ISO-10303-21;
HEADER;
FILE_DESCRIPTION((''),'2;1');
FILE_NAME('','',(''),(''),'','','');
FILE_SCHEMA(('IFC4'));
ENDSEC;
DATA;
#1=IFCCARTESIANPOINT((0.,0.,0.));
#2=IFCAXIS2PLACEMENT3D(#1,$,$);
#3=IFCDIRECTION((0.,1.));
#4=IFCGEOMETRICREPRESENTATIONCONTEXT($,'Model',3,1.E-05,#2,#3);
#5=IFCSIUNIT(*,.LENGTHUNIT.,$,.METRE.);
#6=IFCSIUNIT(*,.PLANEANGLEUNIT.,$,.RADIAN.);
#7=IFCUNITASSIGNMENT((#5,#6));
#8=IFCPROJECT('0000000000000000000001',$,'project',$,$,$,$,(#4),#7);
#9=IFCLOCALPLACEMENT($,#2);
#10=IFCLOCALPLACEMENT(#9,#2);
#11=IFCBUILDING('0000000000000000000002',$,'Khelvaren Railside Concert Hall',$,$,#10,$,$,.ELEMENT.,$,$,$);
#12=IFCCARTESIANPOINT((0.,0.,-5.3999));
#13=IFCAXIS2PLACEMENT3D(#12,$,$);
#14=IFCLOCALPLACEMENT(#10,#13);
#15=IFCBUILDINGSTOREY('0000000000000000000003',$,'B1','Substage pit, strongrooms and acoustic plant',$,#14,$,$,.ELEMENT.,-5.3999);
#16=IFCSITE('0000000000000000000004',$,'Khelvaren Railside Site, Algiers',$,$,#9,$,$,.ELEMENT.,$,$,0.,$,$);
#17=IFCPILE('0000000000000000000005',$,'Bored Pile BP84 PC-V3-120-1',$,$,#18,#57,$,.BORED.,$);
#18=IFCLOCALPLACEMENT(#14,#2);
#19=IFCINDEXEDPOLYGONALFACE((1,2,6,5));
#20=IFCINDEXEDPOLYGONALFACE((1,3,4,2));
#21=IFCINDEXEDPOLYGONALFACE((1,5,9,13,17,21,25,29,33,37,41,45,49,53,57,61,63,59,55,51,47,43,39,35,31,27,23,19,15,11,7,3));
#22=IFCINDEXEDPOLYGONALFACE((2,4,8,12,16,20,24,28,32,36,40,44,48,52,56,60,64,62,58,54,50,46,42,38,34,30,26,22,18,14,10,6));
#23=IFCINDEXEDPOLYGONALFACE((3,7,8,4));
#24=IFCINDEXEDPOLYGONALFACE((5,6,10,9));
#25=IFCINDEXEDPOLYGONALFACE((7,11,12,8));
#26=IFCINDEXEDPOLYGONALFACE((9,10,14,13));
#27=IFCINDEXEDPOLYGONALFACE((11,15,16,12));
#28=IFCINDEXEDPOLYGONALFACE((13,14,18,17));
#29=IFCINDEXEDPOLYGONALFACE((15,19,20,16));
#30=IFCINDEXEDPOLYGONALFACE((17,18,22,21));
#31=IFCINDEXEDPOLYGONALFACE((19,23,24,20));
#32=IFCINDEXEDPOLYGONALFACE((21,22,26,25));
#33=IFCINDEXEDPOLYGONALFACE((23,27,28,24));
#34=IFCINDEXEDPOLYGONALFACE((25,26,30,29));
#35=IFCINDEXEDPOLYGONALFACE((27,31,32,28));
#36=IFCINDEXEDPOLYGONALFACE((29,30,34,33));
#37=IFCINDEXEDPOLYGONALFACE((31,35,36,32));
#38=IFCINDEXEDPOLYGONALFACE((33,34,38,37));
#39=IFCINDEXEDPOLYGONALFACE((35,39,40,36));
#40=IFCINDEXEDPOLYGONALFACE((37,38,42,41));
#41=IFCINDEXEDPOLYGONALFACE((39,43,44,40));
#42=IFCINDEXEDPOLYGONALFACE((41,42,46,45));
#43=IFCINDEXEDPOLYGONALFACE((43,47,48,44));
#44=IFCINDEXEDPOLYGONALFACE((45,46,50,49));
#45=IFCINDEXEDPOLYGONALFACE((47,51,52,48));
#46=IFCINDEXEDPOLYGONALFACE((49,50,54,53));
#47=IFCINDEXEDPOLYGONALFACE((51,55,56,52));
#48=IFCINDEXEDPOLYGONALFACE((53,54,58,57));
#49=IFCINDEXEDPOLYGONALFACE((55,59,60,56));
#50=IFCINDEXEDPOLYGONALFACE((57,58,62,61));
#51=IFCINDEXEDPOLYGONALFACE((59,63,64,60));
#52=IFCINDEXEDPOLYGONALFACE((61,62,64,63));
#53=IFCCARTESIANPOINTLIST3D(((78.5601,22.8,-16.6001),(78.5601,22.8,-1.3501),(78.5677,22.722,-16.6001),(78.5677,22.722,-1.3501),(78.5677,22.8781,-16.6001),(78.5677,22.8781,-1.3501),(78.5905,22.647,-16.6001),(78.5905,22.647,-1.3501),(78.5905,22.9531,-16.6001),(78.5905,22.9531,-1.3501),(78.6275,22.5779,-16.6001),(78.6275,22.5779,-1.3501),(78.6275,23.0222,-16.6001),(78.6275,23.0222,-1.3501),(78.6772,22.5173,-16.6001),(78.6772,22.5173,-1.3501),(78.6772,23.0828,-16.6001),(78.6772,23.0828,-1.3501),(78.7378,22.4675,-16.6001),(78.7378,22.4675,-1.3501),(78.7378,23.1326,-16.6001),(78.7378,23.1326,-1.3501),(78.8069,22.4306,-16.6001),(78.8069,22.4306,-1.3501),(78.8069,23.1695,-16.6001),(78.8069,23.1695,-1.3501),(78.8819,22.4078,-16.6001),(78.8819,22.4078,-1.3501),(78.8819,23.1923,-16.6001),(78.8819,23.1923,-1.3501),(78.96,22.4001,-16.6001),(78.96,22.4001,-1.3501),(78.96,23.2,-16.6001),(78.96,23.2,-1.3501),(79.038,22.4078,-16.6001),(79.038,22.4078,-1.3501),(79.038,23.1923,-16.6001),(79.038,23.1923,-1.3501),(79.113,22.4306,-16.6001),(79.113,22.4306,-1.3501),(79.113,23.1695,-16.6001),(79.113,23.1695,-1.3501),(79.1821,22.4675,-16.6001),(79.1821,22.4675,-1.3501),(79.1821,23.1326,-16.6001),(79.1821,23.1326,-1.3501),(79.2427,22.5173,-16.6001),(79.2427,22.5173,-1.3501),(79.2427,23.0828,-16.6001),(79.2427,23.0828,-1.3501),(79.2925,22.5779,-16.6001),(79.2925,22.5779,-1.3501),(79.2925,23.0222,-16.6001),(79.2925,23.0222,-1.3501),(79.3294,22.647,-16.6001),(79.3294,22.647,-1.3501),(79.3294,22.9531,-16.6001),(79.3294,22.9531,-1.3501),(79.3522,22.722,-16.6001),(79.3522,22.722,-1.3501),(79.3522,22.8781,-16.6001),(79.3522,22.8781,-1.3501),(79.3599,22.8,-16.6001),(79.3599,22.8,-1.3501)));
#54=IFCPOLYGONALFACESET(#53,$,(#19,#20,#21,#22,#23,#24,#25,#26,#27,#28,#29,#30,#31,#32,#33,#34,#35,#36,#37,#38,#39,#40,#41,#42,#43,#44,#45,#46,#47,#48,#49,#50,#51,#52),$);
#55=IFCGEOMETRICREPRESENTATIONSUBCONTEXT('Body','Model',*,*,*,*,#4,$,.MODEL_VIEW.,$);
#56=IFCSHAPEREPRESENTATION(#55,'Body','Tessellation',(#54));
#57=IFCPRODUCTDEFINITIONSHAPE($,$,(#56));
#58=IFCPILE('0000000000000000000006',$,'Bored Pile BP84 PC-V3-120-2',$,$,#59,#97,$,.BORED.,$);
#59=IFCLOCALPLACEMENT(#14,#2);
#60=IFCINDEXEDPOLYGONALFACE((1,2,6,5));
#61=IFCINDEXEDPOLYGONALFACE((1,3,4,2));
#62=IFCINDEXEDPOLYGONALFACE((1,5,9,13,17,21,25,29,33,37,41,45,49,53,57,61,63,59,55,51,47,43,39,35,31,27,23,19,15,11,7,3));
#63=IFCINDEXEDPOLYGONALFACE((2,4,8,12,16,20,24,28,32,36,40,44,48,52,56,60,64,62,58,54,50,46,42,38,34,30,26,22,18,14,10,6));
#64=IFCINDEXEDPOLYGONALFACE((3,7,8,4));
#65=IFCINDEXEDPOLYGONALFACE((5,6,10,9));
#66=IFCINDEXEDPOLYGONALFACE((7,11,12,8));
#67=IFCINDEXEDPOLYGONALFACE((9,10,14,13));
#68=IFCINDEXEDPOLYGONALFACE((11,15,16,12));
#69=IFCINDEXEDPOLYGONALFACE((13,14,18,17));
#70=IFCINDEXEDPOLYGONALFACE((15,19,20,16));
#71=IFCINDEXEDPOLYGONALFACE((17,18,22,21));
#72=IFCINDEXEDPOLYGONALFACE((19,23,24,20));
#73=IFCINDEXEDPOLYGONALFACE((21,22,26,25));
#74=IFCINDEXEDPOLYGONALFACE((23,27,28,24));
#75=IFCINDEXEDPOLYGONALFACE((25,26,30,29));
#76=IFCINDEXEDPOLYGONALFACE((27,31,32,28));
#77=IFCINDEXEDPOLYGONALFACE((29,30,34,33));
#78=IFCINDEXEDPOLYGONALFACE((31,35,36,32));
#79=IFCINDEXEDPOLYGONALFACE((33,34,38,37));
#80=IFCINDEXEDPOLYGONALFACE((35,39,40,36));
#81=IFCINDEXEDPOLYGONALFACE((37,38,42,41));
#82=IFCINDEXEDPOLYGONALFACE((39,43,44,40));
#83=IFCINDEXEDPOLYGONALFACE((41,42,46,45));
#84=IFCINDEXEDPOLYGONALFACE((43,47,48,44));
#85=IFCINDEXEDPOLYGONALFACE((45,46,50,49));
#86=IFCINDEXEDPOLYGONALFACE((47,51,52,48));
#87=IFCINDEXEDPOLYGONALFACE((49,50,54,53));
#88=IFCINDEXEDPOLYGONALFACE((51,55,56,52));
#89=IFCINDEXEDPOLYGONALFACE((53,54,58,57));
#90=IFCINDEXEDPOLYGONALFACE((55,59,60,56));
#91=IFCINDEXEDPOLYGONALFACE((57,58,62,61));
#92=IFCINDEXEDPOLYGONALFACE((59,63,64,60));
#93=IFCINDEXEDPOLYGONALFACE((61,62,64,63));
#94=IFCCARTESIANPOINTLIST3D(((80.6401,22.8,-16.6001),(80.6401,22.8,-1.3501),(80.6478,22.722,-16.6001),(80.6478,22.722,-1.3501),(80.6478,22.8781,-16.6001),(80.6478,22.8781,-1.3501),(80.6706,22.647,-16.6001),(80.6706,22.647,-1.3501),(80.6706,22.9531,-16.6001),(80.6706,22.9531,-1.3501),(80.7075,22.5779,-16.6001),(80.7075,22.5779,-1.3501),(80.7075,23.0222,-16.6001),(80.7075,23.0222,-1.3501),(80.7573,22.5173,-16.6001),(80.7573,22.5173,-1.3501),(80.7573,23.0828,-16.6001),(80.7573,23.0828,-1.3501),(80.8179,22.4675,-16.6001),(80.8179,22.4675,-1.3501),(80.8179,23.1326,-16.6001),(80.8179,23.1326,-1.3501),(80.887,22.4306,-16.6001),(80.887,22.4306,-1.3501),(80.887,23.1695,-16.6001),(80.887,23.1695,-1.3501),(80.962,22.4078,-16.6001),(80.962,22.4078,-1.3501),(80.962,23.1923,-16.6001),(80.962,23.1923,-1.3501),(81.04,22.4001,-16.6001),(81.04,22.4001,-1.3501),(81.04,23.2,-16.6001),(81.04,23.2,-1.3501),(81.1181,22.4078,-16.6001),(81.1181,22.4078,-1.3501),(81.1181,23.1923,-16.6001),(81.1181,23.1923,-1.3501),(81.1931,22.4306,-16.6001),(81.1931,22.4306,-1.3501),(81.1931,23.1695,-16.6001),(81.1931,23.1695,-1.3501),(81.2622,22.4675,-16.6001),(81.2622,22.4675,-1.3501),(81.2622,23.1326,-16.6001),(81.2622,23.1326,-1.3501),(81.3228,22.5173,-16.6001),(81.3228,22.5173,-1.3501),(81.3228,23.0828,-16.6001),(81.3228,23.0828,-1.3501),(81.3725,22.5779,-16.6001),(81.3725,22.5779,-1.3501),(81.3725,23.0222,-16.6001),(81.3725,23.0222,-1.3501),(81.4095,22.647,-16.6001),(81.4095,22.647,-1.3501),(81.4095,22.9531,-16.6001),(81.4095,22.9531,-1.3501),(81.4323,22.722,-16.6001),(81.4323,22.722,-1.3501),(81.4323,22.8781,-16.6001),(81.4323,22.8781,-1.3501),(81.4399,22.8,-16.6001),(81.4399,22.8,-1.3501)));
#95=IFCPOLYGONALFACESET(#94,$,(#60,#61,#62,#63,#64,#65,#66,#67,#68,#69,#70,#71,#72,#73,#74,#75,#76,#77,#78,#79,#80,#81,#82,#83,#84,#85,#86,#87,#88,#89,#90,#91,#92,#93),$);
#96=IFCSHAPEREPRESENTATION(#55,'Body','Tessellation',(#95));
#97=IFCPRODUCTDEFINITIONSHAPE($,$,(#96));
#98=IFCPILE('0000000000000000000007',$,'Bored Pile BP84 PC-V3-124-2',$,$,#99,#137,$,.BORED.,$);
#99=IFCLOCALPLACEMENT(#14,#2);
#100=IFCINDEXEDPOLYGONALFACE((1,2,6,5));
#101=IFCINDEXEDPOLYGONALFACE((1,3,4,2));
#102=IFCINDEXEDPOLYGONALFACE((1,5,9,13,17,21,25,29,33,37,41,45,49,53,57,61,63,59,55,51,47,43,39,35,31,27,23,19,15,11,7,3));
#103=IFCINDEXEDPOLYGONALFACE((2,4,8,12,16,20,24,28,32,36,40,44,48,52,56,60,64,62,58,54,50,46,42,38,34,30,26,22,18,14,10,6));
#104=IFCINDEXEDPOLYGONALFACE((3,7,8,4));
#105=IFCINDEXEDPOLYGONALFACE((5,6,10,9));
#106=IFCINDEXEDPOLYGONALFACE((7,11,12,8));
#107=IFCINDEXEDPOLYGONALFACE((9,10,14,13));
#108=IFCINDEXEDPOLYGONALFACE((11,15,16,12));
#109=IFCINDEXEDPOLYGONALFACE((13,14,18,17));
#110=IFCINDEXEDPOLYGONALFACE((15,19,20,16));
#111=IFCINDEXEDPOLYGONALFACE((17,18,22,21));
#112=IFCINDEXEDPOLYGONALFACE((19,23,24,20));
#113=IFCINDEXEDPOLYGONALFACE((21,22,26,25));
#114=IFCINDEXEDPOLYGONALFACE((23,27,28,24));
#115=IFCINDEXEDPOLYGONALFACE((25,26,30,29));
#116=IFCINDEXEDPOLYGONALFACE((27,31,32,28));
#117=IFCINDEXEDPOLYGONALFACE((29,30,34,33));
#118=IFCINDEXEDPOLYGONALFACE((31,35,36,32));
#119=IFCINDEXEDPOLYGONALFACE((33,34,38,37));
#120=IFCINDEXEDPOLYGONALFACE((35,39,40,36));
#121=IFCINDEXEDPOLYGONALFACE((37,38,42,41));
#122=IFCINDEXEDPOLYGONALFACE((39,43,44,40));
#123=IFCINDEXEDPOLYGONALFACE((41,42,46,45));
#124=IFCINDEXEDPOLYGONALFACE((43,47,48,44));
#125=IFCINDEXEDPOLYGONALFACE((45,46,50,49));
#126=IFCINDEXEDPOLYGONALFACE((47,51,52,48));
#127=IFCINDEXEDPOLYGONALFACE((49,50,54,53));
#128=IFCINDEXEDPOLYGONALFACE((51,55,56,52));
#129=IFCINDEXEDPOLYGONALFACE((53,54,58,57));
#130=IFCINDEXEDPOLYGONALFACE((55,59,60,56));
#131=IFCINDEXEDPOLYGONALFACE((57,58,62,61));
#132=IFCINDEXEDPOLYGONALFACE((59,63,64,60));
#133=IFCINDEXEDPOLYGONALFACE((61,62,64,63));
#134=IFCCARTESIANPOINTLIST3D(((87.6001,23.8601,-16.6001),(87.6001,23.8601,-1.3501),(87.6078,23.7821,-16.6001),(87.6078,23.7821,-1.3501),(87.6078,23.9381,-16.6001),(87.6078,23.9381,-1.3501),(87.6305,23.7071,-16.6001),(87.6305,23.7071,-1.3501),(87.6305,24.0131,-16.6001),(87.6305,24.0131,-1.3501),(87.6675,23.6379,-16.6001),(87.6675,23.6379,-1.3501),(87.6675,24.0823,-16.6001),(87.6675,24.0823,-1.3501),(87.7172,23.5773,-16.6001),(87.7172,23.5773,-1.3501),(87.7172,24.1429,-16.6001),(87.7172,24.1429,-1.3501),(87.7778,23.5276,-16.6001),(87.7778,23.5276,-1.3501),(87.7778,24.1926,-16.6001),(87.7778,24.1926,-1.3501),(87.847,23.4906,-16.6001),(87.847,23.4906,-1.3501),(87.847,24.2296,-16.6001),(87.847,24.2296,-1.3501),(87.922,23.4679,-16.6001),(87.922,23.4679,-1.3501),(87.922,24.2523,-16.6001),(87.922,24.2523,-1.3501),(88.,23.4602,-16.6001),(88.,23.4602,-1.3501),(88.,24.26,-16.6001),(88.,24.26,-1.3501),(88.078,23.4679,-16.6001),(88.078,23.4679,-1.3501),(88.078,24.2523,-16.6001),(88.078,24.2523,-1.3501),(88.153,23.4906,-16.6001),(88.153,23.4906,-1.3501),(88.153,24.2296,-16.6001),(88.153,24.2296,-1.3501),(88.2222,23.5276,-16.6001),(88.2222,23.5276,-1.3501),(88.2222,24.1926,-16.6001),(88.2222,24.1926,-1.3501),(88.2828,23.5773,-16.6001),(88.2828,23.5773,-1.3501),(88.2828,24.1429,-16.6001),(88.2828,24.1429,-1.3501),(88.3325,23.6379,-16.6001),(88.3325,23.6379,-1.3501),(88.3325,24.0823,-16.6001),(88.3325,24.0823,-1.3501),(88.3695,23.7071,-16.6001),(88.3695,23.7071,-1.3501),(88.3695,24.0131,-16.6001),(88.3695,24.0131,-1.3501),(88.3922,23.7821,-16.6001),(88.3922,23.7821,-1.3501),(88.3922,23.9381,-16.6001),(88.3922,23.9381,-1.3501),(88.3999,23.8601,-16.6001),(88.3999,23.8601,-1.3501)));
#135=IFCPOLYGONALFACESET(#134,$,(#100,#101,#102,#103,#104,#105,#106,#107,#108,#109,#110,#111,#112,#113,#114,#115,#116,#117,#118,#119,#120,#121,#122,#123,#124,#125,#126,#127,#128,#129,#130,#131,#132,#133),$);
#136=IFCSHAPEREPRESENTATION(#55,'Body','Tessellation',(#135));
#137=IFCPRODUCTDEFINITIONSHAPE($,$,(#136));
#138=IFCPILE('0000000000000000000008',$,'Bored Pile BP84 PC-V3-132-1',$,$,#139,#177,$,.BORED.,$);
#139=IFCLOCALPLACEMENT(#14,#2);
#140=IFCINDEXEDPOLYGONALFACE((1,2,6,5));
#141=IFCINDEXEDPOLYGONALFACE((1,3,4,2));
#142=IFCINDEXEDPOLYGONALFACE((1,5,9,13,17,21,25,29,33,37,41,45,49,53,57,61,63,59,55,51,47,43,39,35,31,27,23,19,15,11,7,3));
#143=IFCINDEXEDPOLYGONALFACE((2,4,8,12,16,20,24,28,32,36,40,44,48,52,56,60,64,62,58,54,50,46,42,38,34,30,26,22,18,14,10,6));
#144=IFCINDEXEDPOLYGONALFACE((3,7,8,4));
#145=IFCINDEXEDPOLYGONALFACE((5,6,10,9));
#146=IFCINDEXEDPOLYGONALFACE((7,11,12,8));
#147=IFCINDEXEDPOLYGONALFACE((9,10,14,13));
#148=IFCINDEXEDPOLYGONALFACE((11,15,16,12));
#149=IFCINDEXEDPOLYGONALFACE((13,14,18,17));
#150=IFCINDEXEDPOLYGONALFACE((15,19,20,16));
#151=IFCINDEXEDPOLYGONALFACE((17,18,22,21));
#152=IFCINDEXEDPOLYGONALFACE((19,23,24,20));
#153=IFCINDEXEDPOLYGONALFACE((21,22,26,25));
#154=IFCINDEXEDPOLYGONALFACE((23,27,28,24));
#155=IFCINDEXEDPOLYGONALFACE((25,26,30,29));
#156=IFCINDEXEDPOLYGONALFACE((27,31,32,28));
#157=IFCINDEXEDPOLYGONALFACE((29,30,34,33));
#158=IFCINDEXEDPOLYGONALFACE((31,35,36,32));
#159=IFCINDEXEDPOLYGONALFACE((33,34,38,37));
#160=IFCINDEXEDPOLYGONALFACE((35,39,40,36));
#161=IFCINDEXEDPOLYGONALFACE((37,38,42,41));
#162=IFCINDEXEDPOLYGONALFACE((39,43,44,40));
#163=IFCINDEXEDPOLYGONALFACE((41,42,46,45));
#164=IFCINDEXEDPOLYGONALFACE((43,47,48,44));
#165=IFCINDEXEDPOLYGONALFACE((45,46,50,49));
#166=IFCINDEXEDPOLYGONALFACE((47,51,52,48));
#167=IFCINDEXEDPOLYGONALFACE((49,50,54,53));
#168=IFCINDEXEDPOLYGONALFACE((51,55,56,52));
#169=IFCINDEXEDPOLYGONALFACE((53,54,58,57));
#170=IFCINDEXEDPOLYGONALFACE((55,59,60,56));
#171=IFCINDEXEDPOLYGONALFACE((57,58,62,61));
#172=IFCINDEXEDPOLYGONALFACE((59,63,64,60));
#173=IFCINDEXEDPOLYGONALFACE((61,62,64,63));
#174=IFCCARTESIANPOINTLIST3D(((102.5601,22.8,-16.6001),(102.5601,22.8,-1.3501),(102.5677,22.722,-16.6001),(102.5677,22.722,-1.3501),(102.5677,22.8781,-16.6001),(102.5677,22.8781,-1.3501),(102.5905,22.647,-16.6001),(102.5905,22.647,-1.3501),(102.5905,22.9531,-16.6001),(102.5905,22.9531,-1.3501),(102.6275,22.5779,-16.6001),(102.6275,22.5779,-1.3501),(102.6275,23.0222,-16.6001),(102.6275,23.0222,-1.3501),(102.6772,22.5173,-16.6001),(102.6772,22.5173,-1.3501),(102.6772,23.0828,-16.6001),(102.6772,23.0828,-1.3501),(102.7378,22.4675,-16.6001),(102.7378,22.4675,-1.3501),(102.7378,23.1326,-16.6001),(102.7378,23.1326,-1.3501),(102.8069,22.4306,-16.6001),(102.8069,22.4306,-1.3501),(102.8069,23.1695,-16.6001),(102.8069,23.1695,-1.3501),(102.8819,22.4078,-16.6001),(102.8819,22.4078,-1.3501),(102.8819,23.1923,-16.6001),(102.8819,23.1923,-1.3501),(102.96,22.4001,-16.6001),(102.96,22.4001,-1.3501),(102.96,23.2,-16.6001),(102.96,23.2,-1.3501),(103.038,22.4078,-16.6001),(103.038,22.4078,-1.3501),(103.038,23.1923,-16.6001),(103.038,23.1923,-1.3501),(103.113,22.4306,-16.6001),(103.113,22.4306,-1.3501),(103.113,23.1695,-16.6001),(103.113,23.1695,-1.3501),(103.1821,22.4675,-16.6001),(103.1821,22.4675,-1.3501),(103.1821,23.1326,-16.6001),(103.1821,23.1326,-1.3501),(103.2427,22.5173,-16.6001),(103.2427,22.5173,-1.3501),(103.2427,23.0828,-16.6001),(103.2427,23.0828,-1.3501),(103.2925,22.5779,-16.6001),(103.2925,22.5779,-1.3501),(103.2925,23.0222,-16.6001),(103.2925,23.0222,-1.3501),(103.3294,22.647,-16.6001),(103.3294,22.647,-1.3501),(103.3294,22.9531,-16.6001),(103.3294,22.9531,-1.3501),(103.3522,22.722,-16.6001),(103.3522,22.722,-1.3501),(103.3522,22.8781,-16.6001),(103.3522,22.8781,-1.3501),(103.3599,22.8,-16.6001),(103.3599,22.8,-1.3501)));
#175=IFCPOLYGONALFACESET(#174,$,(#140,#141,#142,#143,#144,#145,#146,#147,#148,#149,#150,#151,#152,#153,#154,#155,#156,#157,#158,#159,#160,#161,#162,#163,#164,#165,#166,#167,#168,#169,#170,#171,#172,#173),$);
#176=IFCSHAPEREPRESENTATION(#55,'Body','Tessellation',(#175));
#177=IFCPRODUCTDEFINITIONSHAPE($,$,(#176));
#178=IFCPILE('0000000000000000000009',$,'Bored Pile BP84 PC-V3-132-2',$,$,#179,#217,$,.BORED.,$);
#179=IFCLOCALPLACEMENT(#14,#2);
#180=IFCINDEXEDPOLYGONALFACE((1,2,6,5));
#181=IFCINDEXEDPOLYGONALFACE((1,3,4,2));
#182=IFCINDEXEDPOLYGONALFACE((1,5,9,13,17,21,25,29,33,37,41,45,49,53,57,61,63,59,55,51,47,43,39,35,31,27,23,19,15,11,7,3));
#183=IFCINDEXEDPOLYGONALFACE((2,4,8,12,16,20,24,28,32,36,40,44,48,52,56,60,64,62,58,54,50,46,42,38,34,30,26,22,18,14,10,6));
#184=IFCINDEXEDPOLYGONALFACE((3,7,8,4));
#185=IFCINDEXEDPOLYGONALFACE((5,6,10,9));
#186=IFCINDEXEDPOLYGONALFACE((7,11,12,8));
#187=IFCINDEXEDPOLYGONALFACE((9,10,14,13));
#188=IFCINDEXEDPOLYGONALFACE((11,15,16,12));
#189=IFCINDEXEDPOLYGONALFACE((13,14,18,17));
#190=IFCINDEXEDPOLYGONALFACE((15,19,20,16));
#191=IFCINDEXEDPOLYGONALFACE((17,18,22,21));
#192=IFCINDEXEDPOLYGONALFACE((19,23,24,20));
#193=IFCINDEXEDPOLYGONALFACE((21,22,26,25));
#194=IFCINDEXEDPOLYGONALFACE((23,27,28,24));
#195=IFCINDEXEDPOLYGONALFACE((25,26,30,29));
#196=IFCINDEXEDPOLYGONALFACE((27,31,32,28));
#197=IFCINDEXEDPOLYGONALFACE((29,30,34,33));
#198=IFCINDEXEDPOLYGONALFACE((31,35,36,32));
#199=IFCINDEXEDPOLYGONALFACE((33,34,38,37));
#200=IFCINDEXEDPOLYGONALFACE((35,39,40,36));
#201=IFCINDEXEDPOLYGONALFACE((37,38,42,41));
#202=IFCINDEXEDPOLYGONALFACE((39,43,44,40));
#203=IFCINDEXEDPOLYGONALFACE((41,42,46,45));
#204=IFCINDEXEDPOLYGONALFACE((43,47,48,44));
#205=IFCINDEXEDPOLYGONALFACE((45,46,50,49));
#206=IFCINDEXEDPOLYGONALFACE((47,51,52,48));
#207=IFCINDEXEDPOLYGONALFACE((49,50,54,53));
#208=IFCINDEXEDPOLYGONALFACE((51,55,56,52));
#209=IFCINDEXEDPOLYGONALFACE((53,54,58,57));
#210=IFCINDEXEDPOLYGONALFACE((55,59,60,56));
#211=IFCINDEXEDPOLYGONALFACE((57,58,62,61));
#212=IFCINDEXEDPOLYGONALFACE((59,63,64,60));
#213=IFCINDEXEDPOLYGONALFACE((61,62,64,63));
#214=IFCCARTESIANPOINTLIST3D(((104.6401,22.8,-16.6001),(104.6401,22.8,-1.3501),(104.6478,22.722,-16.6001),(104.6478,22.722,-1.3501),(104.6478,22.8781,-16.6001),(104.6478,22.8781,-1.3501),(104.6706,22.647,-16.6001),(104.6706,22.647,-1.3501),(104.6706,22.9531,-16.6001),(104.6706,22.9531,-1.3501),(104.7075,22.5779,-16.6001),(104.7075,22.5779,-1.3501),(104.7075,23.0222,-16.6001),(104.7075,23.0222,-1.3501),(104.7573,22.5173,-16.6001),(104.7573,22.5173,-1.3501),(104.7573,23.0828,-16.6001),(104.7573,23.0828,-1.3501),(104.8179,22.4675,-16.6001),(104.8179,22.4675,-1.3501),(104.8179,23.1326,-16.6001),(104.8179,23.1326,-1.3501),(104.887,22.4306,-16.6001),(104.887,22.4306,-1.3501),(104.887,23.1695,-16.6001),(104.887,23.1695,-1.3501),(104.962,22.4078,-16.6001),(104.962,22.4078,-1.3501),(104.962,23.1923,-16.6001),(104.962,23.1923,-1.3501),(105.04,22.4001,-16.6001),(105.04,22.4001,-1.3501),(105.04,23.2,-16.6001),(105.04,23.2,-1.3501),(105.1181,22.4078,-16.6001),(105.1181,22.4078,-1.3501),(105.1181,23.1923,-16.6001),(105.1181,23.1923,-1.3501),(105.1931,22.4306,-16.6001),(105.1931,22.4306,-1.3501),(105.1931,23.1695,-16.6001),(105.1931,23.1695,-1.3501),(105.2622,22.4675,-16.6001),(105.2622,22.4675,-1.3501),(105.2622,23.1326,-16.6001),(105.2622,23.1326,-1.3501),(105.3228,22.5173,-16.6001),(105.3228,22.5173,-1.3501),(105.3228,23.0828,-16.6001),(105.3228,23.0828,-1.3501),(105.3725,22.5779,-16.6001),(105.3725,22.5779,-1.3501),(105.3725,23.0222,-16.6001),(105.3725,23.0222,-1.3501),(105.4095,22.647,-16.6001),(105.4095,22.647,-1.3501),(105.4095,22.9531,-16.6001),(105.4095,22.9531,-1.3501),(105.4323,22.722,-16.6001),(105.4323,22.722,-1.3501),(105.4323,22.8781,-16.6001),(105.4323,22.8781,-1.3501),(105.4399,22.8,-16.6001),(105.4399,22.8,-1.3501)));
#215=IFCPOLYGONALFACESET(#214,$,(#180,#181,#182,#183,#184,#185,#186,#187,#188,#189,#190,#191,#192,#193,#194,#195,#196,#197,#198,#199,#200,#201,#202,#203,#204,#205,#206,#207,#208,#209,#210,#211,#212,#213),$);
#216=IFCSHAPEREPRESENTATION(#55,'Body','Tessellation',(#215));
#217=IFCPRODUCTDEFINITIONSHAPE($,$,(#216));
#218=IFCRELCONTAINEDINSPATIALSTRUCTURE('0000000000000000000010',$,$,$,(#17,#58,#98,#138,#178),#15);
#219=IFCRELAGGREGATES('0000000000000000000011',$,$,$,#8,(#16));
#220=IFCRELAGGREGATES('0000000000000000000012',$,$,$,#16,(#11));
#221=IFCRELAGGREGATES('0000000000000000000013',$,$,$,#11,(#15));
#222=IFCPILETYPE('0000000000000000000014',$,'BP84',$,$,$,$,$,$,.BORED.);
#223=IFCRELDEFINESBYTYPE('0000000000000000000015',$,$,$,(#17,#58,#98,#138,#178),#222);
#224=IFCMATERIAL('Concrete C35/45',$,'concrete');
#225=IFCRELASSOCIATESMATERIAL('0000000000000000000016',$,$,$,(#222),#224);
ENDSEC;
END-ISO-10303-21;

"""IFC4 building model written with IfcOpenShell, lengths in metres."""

from ifc_helpers import new_model, si_unit, direction, frame, origin, origin_2d, place, context, subcontext, project, spatial, circle, extrude, material, material_profile, profile_set, type_object, element, save


model = new_model("IFC4")

# Units and contexts
model_context = context("Model", 3, precision=1e-05, world=origin(), true_north=direction((0.0, 1.0)))
body_context = subcontext(model_context, "Body", "Model", "MODEL_VIEW")
ifc_project = project(units=[si_unit("LENGTHUNIT", "METRE"), si_unit("PLANEANGLEUNIT", "RADIAN")], contexts=[model_context])

# Site, building, storey
site_placement = place(None, origin())
site = spatial("IfcSite", under=ifc_project, at=site_placement, Name="Khelvaren Railside Site, Algiers", CompositionType="ELEMENT", RefElevation=0.0)
building_placement = place(site_placement, origin())
building = spatial("IfcBuilding", under=site, at=building_placement, Name="Khelvaren Railside Concert Hall", CompositionType="ELEMENT")
storey_placement = place(building_placement, frame((0.0, 0.0, -5.3999)))
storey = spatial("IfcBuildingStorey", under=building, at=storey_placement, Name="B1", Description="Substage pit, strongrooms and acoustic plant", CompositionType="ELEMENT", Elevation=-5.3999)

# Piles
ifc_material_1 = material(Name="Concrete C35/45", Category="concrete")
ifc_material_profile_1 = material_profile(ifc_material_1, circle(Radius=0.3999, at=origin_2d()), Name="BP D800")
ifc_profile_set_1 = profile_set([ifc_material_profile_1], Name="Concrete C35/45")
pile_type_1 = type_object("IfcPileType", Name="BP84", PredefinedType="BORED", material=ifc_profile_set_1)
for number, where, z_axis, x_axis, name in (
    (1, (78.96, 22.8, -1.3501), (0.0, 0.0, -1.0), (1.0, 0.0, 0.0), "Bored Pile BP84 PC-V3-120-1"),
    (2, (81.04, 22.8, -1.3501), (0.0, 0.0, -1.0), (1.0, 0.0, 0.0), "Bored Pile BP84 PC-V3-120-2"),
    (3, (88.0, 23.8601, -1.3501), (0.0, 0.0, -1.0), (1.0, 0.0, 0.0), "Bored Pile BP84 PC-V3-124-2"),
    (4, (102.96, 22.8, -1.3501), (0.0, 0.0, -1.0), (1.0, 0.0, 0.0), "Bored Pile BP84 PC-V3-132-1"),
    (5, (105.04, 22.8, -1.3501), (0.0, 0.0, -1.0), (1.0, 0.0, 0.0), "Bored Pile BP84 PC-V3-132-2"),
):
    element("IfcPile", number, at=place(storey_placement, frame(where, z_axis=z_axis, x_axis=x_axis)), inside=storey, type_object=pile_type_1, Name=name, PredefinedType="BORED", context=body_context, shape_type="SweptSolid", body=[
        extrude(circle(Radius=0.3999, at=origin_2d()), origin(), (0.0, 0.0, 1.0), 15.25),
    ])

save(model, "model.ifc")
